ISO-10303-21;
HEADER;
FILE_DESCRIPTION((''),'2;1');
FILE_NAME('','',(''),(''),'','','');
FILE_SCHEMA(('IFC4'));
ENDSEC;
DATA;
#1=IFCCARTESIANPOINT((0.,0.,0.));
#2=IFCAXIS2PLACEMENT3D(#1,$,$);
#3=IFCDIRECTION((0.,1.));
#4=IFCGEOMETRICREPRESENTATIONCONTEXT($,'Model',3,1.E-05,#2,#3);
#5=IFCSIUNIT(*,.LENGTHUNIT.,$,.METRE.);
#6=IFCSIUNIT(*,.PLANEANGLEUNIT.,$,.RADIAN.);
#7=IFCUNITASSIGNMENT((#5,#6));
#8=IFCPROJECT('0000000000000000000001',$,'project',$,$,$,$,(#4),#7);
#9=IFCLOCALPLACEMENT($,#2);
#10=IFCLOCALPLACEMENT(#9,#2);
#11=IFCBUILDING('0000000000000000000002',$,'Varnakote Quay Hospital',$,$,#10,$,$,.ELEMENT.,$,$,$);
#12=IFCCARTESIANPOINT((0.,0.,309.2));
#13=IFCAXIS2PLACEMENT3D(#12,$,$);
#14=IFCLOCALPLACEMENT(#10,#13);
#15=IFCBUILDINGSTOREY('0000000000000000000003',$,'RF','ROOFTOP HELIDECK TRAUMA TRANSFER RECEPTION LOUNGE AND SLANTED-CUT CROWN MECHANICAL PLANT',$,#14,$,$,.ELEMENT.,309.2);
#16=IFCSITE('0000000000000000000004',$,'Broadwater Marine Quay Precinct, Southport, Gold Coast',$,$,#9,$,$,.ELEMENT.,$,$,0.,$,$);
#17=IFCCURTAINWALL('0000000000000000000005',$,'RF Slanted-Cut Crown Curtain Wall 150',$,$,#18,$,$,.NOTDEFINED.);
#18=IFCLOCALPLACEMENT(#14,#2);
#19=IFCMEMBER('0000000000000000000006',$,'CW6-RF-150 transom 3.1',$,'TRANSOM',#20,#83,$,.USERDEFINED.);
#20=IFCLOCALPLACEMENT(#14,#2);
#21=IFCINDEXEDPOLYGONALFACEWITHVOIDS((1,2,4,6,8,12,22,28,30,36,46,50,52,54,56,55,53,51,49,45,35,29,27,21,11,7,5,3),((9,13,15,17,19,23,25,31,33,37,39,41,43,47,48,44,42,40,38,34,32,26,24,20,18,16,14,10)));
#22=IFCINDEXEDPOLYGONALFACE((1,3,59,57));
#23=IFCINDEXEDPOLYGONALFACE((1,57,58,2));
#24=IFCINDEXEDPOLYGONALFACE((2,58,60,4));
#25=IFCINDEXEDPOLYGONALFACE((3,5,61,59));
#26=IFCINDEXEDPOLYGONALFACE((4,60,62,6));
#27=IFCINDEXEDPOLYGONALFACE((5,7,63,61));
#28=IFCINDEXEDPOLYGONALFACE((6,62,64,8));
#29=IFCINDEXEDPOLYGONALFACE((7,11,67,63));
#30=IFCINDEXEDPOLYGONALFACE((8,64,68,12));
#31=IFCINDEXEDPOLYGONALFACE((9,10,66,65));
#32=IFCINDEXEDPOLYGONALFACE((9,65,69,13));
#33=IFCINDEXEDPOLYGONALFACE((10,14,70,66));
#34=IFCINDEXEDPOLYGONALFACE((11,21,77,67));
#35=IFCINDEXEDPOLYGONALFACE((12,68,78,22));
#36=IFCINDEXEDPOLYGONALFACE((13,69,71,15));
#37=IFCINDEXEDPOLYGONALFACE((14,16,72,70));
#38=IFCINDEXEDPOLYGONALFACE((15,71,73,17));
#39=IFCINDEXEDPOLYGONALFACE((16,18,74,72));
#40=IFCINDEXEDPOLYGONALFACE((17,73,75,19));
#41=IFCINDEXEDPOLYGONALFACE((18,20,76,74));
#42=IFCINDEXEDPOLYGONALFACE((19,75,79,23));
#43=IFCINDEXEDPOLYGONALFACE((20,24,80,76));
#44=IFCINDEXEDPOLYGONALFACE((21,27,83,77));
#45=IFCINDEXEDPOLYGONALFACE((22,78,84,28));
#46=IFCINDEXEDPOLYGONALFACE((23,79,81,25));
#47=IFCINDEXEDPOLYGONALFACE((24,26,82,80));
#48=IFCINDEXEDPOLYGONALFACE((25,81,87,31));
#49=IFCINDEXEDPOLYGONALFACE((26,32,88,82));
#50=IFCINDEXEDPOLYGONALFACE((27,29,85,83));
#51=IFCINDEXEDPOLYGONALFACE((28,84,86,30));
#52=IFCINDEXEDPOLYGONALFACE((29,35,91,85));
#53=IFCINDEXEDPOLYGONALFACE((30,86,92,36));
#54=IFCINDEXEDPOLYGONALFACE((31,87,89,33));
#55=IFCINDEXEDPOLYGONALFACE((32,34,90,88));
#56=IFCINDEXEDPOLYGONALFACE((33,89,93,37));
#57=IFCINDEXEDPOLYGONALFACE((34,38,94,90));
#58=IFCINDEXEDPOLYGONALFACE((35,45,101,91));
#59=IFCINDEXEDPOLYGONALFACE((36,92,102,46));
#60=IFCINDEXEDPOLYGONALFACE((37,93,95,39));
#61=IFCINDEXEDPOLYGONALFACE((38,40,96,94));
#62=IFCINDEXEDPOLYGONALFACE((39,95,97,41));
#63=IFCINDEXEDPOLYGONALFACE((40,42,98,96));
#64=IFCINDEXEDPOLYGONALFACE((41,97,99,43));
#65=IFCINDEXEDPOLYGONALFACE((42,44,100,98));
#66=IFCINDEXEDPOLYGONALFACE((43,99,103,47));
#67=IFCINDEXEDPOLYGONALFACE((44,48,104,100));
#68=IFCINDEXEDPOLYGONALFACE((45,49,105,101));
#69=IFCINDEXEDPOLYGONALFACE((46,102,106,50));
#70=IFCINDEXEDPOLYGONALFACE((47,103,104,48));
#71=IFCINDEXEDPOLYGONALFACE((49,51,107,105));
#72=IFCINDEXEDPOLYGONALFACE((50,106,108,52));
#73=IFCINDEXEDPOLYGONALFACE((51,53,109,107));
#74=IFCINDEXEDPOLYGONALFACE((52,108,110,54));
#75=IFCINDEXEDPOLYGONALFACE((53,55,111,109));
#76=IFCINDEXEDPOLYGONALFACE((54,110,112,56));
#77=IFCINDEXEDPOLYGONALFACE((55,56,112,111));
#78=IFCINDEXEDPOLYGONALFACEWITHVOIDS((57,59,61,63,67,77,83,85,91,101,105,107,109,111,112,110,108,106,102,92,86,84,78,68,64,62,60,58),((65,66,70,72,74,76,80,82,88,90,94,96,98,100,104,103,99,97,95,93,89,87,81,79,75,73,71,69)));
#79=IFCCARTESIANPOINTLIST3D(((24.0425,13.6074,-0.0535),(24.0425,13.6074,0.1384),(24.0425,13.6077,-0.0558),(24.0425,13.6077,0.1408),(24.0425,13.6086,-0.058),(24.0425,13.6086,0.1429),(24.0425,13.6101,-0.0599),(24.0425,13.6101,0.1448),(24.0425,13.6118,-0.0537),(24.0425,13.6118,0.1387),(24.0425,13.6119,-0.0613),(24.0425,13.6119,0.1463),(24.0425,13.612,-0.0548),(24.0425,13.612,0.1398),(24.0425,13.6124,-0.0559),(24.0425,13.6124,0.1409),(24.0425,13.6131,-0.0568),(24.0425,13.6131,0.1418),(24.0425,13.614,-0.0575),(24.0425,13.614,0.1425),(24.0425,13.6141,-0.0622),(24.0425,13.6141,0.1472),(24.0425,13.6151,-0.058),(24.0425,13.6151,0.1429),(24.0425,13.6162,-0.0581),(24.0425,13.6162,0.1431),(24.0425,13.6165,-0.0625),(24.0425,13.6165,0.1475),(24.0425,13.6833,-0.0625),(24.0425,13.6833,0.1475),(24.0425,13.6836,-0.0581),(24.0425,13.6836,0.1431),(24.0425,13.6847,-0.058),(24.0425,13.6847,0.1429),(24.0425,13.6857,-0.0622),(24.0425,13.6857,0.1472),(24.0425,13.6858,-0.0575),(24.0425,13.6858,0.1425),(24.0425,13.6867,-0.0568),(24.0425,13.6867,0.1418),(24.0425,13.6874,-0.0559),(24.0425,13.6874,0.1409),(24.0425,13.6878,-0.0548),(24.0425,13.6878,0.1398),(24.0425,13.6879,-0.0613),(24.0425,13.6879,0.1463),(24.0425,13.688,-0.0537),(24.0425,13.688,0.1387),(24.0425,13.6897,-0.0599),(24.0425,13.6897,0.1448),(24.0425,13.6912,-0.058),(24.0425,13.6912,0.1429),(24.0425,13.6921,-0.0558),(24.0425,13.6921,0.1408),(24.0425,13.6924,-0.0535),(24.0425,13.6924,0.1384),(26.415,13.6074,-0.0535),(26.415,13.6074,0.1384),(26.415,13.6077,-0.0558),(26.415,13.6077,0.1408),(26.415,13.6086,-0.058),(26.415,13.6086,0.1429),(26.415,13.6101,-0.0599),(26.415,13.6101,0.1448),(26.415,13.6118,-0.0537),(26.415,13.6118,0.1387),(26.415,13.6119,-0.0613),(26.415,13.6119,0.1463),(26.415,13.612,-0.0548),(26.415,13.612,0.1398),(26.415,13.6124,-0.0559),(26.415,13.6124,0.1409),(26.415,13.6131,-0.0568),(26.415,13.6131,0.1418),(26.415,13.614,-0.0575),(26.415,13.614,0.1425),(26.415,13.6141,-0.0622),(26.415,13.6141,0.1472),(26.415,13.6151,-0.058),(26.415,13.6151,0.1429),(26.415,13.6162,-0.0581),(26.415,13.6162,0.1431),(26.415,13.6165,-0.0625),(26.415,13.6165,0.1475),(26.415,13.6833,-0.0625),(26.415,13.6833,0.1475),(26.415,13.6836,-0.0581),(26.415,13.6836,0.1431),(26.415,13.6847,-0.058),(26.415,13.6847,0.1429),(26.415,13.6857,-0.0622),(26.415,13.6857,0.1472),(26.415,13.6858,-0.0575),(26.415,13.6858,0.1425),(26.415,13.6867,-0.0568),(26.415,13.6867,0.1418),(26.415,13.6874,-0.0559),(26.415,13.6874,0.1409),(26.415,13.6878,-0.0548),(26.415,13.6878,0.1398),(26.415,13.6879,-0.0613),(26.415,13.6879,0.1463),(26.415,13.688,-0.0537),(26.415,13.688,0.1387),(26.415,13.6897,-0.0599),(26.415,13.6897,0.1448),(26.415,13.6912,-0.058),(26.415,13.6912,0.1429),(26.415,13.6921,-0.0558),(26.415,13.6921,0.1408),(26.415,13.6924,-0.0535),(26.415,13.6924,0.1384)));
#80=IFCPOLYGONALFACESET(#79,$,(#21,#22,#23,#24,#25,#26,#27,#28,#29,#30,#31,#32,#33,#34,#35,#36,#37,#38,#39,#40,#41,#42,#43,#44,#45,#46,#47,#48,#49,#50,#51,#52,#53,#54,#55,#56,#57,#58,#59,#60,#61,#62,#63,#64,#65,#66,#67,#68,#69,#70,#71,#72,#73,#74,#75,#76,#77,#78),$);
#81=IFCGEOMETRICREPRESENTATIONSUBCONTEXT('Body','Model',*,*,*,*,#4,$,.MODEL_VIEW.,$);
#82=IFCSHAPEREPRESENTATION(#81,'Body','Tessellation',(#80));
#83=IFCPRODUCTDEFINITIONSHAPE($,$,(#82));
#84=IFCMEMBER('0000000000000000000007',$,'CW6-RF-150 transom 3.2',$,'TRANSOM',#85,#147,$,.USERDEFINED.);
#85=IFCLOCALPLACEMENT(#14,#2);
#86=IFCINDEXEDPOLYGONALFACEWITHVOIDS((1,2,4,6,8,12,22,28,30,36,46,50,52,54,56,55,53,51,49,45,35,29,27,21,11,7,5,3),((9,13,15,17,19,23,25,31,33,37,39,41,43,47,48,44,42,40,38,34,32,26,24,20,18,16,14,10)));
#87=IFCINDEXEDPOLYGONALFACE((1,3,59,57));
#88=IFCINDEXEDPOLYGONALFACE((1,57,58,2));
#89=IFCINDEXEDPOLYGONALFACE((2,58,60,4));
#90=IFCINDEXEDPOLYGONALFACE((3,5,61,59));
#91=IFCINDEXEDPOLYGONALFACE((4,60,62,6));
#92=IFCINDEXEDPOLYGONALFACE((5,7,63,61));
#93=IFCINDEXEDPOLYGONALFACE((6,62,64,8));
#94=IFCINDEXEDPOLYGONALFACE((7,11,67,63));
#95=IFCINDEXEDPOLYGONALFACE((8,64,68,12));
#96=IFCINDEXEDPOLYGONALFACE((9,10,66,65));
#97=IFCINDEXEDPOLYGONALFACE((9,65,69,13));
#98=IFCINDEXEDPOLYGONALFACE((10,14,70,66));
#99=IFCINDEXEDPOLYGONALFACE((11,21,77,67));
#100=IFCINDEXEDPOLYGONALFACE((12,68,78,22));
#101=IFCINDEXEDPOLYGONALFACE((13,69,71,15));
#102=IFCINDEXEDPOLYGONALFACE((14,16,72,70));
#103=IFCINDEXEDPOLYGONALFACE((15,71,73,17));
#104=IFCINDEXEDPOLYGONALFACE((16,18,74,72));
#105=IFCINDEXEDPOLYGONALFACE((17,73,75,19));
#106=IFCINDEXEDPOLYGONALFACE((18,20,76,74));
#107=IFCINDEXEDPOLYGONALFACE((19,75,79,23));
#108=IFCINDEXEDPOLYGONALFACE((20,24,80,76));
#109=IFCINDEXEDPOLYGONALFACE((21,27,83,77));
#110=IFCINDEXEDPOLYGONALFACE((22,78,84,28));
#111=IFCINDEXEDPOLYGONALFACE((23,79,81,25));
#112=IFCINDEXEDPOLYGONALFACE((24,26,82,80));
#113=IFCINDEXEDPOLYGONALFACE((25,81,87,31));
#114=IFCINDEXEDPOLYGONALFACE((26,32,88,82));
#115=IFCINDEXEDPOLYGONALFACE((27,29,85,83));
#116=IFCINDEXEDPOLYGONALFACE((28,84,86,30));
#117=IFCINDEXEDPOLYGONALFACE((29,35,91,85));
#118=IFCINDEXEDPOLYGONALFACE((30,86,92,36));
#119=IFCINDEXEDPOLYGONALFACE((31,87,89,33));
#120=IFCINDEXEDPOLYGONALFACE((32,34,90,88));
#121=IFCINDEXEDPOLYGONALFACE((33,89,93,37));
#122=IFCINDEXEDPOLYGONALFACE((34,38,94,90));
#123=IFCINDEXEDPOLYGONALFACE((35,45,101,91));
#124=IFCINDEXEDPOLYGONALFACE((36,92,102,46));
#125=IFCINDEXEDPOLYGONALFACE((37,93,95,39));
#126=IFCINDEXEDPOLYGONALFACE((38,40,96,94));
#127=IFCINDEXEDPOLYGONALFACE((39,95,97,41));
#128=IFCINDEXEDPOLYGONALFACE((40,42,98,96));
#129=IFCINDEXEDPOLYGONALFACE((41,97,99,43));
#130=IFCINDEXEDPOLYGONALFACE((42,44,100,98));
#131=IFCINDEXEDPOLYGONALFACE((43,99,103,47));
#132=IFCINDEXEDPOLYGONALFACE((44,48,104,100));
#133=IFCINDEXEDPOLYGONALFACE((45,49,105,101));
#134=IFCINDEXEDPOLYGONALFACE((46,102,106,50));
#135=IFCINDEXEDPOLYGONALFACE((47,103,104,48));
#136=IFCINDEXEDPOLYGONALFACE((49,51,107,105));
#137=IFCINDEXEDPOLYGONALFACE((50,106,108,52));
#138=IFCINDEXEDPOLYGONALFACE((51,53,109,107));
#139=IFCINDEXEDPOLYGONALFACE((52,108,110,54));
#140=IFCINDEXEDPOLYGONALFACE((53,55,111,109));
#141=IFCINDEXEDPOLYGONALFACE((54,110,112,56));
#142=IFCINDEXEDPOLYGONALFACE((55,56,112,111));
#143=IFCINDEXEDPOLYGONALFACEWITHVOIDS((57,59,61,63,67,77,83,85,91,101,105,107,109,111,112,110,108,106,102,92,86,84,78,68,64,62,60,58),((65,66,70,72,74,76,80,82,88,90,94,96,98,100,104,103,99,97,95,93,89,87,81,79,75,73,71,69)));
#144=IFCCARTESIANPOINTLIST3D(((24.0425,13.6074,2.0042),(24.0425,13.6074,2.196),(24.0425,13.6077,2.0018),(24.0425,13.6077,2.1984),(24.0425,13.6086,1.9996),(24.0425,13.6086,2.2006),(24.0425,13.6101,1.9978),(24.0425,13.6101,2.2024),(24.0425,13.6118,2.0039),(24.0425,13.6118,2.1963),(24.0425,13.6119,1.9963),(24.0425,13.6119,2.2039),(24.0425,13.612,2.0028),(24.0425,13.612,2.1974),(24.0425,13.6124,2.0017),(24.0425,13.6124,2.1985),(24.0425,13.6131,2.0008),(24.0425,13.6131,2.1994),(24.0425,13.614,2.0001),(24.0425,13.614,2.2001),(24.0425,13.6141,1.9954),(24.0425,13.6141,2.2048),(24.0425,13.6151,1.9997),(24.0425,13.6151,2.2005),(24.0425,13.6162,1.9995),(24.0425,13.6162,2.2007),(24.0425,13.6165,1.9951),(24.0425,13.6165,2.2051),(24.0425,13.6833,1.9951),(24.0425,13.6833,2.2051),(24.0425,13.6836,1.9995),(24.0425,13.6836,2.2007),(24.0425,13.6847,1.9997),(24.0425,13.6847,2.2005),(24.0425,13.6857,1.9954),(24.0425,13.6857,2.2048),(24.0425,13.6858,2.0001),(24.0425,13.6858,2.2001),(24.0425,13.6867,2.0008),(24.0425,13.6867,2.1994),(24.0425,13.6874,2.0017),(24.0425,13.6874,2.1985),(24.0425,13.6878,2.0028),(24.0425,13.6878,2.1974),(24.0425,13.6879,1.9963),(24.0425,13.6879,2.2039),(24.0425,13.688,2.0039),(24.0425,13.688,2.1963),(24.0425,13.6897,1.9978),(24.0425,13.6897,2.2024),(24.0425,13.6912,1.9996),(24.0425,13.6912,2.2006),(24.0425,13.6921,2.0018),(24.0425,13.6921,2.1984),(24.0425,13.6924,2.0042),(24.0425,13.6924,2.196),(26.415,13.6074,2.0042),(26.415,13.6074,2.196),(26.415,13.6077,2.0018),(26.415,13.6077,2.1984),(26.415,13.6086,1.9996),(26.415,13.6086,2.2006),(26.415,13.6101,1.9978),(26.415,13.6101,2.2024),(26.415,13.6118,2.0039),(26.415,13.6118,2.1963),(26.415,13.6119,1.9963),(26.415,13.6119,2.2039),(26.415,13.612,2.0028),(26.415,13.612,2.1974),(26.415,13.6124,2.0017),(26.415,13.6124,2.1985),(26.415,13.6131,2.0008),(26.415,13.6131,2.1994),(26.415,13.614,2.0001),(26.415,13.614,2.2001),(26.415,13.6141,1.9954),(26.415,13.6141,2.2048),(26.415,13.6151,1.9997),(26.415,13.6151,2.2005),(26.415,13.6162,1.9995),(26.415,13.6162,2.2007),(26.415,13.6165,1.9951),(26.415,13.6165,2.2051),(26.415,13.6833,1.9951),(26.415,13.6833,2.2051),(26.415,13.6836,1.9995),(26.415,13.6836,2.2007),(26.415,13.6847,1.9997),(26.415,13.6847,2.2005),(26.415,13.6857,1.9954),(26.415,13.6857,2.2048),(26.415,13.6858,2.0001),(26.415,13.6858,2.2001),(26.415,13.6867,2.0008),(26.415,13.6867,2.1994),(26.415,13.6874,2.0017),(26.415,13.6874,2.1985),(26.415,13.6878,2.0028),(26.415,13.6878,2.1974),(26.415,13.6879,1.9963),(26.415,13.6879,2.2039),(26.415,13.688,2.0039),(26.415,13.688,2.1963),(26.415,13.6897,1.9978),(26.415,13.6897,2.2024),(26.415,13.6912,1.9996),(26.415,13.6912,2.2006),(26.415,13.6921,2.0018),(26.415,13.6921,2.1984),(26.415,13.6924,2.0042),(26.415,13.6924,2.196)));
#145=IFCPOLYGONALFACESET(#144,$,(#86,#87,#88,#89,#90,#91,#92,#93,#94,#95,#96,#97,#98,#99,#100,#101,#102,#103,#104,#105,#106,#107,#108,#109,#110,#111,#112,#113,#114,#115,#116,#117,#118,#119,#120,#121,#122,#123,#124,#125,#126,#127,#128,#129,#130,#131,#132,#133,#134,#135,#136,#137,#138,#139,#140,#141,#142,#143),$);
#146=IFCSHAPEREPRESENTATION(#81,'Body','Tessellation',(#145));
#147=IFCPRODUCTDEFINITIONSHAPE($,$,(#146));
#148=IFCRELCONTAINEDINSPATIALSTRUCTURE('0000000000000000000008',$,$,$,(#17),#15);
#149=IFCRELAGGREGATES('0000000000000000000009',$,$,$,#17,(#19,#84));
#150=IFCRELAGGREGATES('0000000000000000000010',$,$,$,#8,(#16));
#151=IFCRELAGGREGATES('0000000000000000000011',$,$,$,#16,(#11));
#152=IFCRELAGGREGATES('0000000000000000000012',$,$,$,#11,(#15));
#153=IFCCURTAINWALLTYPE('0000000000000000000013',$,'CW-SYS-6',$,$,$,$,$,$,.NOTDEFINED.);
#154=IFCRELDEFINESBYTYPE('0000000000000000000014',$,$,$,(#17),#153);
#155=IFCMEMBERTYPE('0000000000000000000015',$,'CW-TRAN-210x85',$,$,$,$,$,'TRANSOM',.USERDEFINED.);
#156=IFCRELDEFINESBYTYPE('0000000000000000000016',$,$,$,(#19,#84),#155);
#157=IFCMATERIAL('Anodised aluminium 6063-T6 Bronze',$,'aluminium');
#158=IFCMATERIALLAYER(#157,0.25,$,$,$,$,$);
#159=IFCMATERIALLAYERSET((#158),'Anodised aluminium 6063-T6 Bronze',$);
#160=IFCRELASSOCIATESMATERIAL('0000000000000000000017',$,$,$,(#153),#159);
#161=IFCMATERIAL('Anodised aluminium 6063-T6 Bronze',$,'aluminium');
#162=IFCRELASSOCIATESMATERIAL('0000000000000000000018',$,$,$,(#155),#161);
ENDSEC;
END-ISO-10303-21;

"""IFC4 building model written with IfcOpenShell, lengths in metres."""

from ifc_helpers import new_model, si_unit, direction, frame, origin, origin_2d, place, context, subcontext, project, spatial, hollow_rectangle, extrude, material, layer, layer_set, material_profile, profile_set, type_object, element, aggregate, save


model = new_model("IFC4")

# Units and contexts
model_context = context("Model", 3, precision=1e-05, world=origin(), true_north=direction((0.0, 1.0)))
body_context = subcontext(model_context, "Body", "Model", "MODEL_VIEW")
ifc_project = project(units=[si_unit("LENGTHUNIT", "METRE"), si_unit("PLANEANGLEUNIT", "RADIAN")], contexts=[model_context])

# Site, building, storey
site_placement = place(None, origin())
site = spatial("IfcSite", under=ifc_project, at=site_placement, Name="Broadwater Marine Quay Precinct, Southport, Gold Coast", CompositionType="ELEMENT", RefElevation=0.0)
building_placement = place(site_placement, origin())
building = spatial("IfcBuilding", under=site, at=building_placement, Name="Varnakote Quay Hospital", CompositionType="ELEMENT")
storey_placement = place(building_placement, frame((0.0, 0.0, 309.2)))
storey = spatial("IfcBuildingStorey", under=building, at=storey_placement, Name="RF", Description="ROOFTOP HELIDECK TRAUMA TRANSFER RECEPTION LOUNGE AND SLANTED-CUT CROWN MECHANICAL PLANT", CompositionType="ELEMENT", Elevation=309.2)

# Curtain wall
ifc_material_1 = material(Name="Anodised aluminium 6063-T6 Bronze", Category="aluminium")
ifc_layer_1 = layer(ifc_material_1, 0.25)
ifc_layer_set_1 = layer_set([ifc_layer_1], Name="Anodised aluminium 6063-T6 Bronze")
curtain_wall_type = type_object("IfcCurtainWallType", Name="CW-SYS-6", PredefinedType="NOTDEFINED", material=ifc_layer_set_1)
curtain_wall_1_placement = place(storey_placement, origin())
curtain_wall_1 = element("IfcCurtainWall", 1, at=curtain_wall_1_placement, inside=storey, type_object=curtain_wall_type, Name="RF Slanted-Cut Crown Curtain Wall 150", PredefinedType="NOTDEFINED")

# Members
ifc_material_2 = material(Name="Anodised aluminium 6063-T6 Bronze", Category="aluminium")
ifc_material_profile_1 = material_profile(ifc_material_2, hollow_rectangle(XDim=0.085, YDim=0.21, WallThickness=0.0044, InnerFilletRadius=0.0044, OuterFilletRadius=0.009, at=origin_2d()), Name="CW-TRAN-210x85")
ifc_profile_set_1 = profile_set([ifc_material_profile_1], Name="Anodised aluminium 6063-T6 Bronze")
member_type_1 = type_object("IfcMemberType", Name="CW-TRAN-210x85", ElementType="TRANSOM", PredefinedType="USERDEFINED", material=ifc_profile_set_1)
member_1_placement = place(storey_placement, frame((24.0425, 13.6499, 0.0425), z_axis=(1.0, 0.0, 0.0), x_axis=(0.0, 1.0, 0.0)))
member_1 = element("IfcMember", 2, at=member_1_placement, type_object=member_type_1, Name="CW6-RF-150 transom 3.1", ObjectType="TRANSOM", PredefinedType="USERDEFINED", context=body_context, shape_type="SweptSolid", body=[
    extrude(hollow_rectangle(XDim=0.085, YDim=0.21, WallThickness=0.0044, InnerFilletRadius=0.0044, OuterFilletRadius=0.009, at=origin_2d()), origin(), (0.0, 0.0, 1.0), 2.3726),
])
member_2_placement = place(storey_placement, frame((24.0425, 13.6499, 2.1001), z_axis=(1.0, 0.0, 0.0), x_axis=(0.0, 1.0, 0.0)))
member_2 = element("IfcMember", 3, at=member_2_placement, type_object=member_type_1, Name="CW6-RF-150 transom 3.2", ObjectType="TRANSOM", PredefinedType="USERDEFINED", context=body_context, shape_type="SweptSolid", body=[
    extrude(hollow_rectangle(XDim=0.085, YDim=0.21, WallThickness=0.0044, InnerFilletRadius=0.0044, OuterFilletRadius=0.009, at=origin_2d()), origin(), (0.0, 0.0, 1.0), 2.3726),
])

aggregate(curtain_wall_1, [member_1, member_2])

save(model, "model.ifc")
